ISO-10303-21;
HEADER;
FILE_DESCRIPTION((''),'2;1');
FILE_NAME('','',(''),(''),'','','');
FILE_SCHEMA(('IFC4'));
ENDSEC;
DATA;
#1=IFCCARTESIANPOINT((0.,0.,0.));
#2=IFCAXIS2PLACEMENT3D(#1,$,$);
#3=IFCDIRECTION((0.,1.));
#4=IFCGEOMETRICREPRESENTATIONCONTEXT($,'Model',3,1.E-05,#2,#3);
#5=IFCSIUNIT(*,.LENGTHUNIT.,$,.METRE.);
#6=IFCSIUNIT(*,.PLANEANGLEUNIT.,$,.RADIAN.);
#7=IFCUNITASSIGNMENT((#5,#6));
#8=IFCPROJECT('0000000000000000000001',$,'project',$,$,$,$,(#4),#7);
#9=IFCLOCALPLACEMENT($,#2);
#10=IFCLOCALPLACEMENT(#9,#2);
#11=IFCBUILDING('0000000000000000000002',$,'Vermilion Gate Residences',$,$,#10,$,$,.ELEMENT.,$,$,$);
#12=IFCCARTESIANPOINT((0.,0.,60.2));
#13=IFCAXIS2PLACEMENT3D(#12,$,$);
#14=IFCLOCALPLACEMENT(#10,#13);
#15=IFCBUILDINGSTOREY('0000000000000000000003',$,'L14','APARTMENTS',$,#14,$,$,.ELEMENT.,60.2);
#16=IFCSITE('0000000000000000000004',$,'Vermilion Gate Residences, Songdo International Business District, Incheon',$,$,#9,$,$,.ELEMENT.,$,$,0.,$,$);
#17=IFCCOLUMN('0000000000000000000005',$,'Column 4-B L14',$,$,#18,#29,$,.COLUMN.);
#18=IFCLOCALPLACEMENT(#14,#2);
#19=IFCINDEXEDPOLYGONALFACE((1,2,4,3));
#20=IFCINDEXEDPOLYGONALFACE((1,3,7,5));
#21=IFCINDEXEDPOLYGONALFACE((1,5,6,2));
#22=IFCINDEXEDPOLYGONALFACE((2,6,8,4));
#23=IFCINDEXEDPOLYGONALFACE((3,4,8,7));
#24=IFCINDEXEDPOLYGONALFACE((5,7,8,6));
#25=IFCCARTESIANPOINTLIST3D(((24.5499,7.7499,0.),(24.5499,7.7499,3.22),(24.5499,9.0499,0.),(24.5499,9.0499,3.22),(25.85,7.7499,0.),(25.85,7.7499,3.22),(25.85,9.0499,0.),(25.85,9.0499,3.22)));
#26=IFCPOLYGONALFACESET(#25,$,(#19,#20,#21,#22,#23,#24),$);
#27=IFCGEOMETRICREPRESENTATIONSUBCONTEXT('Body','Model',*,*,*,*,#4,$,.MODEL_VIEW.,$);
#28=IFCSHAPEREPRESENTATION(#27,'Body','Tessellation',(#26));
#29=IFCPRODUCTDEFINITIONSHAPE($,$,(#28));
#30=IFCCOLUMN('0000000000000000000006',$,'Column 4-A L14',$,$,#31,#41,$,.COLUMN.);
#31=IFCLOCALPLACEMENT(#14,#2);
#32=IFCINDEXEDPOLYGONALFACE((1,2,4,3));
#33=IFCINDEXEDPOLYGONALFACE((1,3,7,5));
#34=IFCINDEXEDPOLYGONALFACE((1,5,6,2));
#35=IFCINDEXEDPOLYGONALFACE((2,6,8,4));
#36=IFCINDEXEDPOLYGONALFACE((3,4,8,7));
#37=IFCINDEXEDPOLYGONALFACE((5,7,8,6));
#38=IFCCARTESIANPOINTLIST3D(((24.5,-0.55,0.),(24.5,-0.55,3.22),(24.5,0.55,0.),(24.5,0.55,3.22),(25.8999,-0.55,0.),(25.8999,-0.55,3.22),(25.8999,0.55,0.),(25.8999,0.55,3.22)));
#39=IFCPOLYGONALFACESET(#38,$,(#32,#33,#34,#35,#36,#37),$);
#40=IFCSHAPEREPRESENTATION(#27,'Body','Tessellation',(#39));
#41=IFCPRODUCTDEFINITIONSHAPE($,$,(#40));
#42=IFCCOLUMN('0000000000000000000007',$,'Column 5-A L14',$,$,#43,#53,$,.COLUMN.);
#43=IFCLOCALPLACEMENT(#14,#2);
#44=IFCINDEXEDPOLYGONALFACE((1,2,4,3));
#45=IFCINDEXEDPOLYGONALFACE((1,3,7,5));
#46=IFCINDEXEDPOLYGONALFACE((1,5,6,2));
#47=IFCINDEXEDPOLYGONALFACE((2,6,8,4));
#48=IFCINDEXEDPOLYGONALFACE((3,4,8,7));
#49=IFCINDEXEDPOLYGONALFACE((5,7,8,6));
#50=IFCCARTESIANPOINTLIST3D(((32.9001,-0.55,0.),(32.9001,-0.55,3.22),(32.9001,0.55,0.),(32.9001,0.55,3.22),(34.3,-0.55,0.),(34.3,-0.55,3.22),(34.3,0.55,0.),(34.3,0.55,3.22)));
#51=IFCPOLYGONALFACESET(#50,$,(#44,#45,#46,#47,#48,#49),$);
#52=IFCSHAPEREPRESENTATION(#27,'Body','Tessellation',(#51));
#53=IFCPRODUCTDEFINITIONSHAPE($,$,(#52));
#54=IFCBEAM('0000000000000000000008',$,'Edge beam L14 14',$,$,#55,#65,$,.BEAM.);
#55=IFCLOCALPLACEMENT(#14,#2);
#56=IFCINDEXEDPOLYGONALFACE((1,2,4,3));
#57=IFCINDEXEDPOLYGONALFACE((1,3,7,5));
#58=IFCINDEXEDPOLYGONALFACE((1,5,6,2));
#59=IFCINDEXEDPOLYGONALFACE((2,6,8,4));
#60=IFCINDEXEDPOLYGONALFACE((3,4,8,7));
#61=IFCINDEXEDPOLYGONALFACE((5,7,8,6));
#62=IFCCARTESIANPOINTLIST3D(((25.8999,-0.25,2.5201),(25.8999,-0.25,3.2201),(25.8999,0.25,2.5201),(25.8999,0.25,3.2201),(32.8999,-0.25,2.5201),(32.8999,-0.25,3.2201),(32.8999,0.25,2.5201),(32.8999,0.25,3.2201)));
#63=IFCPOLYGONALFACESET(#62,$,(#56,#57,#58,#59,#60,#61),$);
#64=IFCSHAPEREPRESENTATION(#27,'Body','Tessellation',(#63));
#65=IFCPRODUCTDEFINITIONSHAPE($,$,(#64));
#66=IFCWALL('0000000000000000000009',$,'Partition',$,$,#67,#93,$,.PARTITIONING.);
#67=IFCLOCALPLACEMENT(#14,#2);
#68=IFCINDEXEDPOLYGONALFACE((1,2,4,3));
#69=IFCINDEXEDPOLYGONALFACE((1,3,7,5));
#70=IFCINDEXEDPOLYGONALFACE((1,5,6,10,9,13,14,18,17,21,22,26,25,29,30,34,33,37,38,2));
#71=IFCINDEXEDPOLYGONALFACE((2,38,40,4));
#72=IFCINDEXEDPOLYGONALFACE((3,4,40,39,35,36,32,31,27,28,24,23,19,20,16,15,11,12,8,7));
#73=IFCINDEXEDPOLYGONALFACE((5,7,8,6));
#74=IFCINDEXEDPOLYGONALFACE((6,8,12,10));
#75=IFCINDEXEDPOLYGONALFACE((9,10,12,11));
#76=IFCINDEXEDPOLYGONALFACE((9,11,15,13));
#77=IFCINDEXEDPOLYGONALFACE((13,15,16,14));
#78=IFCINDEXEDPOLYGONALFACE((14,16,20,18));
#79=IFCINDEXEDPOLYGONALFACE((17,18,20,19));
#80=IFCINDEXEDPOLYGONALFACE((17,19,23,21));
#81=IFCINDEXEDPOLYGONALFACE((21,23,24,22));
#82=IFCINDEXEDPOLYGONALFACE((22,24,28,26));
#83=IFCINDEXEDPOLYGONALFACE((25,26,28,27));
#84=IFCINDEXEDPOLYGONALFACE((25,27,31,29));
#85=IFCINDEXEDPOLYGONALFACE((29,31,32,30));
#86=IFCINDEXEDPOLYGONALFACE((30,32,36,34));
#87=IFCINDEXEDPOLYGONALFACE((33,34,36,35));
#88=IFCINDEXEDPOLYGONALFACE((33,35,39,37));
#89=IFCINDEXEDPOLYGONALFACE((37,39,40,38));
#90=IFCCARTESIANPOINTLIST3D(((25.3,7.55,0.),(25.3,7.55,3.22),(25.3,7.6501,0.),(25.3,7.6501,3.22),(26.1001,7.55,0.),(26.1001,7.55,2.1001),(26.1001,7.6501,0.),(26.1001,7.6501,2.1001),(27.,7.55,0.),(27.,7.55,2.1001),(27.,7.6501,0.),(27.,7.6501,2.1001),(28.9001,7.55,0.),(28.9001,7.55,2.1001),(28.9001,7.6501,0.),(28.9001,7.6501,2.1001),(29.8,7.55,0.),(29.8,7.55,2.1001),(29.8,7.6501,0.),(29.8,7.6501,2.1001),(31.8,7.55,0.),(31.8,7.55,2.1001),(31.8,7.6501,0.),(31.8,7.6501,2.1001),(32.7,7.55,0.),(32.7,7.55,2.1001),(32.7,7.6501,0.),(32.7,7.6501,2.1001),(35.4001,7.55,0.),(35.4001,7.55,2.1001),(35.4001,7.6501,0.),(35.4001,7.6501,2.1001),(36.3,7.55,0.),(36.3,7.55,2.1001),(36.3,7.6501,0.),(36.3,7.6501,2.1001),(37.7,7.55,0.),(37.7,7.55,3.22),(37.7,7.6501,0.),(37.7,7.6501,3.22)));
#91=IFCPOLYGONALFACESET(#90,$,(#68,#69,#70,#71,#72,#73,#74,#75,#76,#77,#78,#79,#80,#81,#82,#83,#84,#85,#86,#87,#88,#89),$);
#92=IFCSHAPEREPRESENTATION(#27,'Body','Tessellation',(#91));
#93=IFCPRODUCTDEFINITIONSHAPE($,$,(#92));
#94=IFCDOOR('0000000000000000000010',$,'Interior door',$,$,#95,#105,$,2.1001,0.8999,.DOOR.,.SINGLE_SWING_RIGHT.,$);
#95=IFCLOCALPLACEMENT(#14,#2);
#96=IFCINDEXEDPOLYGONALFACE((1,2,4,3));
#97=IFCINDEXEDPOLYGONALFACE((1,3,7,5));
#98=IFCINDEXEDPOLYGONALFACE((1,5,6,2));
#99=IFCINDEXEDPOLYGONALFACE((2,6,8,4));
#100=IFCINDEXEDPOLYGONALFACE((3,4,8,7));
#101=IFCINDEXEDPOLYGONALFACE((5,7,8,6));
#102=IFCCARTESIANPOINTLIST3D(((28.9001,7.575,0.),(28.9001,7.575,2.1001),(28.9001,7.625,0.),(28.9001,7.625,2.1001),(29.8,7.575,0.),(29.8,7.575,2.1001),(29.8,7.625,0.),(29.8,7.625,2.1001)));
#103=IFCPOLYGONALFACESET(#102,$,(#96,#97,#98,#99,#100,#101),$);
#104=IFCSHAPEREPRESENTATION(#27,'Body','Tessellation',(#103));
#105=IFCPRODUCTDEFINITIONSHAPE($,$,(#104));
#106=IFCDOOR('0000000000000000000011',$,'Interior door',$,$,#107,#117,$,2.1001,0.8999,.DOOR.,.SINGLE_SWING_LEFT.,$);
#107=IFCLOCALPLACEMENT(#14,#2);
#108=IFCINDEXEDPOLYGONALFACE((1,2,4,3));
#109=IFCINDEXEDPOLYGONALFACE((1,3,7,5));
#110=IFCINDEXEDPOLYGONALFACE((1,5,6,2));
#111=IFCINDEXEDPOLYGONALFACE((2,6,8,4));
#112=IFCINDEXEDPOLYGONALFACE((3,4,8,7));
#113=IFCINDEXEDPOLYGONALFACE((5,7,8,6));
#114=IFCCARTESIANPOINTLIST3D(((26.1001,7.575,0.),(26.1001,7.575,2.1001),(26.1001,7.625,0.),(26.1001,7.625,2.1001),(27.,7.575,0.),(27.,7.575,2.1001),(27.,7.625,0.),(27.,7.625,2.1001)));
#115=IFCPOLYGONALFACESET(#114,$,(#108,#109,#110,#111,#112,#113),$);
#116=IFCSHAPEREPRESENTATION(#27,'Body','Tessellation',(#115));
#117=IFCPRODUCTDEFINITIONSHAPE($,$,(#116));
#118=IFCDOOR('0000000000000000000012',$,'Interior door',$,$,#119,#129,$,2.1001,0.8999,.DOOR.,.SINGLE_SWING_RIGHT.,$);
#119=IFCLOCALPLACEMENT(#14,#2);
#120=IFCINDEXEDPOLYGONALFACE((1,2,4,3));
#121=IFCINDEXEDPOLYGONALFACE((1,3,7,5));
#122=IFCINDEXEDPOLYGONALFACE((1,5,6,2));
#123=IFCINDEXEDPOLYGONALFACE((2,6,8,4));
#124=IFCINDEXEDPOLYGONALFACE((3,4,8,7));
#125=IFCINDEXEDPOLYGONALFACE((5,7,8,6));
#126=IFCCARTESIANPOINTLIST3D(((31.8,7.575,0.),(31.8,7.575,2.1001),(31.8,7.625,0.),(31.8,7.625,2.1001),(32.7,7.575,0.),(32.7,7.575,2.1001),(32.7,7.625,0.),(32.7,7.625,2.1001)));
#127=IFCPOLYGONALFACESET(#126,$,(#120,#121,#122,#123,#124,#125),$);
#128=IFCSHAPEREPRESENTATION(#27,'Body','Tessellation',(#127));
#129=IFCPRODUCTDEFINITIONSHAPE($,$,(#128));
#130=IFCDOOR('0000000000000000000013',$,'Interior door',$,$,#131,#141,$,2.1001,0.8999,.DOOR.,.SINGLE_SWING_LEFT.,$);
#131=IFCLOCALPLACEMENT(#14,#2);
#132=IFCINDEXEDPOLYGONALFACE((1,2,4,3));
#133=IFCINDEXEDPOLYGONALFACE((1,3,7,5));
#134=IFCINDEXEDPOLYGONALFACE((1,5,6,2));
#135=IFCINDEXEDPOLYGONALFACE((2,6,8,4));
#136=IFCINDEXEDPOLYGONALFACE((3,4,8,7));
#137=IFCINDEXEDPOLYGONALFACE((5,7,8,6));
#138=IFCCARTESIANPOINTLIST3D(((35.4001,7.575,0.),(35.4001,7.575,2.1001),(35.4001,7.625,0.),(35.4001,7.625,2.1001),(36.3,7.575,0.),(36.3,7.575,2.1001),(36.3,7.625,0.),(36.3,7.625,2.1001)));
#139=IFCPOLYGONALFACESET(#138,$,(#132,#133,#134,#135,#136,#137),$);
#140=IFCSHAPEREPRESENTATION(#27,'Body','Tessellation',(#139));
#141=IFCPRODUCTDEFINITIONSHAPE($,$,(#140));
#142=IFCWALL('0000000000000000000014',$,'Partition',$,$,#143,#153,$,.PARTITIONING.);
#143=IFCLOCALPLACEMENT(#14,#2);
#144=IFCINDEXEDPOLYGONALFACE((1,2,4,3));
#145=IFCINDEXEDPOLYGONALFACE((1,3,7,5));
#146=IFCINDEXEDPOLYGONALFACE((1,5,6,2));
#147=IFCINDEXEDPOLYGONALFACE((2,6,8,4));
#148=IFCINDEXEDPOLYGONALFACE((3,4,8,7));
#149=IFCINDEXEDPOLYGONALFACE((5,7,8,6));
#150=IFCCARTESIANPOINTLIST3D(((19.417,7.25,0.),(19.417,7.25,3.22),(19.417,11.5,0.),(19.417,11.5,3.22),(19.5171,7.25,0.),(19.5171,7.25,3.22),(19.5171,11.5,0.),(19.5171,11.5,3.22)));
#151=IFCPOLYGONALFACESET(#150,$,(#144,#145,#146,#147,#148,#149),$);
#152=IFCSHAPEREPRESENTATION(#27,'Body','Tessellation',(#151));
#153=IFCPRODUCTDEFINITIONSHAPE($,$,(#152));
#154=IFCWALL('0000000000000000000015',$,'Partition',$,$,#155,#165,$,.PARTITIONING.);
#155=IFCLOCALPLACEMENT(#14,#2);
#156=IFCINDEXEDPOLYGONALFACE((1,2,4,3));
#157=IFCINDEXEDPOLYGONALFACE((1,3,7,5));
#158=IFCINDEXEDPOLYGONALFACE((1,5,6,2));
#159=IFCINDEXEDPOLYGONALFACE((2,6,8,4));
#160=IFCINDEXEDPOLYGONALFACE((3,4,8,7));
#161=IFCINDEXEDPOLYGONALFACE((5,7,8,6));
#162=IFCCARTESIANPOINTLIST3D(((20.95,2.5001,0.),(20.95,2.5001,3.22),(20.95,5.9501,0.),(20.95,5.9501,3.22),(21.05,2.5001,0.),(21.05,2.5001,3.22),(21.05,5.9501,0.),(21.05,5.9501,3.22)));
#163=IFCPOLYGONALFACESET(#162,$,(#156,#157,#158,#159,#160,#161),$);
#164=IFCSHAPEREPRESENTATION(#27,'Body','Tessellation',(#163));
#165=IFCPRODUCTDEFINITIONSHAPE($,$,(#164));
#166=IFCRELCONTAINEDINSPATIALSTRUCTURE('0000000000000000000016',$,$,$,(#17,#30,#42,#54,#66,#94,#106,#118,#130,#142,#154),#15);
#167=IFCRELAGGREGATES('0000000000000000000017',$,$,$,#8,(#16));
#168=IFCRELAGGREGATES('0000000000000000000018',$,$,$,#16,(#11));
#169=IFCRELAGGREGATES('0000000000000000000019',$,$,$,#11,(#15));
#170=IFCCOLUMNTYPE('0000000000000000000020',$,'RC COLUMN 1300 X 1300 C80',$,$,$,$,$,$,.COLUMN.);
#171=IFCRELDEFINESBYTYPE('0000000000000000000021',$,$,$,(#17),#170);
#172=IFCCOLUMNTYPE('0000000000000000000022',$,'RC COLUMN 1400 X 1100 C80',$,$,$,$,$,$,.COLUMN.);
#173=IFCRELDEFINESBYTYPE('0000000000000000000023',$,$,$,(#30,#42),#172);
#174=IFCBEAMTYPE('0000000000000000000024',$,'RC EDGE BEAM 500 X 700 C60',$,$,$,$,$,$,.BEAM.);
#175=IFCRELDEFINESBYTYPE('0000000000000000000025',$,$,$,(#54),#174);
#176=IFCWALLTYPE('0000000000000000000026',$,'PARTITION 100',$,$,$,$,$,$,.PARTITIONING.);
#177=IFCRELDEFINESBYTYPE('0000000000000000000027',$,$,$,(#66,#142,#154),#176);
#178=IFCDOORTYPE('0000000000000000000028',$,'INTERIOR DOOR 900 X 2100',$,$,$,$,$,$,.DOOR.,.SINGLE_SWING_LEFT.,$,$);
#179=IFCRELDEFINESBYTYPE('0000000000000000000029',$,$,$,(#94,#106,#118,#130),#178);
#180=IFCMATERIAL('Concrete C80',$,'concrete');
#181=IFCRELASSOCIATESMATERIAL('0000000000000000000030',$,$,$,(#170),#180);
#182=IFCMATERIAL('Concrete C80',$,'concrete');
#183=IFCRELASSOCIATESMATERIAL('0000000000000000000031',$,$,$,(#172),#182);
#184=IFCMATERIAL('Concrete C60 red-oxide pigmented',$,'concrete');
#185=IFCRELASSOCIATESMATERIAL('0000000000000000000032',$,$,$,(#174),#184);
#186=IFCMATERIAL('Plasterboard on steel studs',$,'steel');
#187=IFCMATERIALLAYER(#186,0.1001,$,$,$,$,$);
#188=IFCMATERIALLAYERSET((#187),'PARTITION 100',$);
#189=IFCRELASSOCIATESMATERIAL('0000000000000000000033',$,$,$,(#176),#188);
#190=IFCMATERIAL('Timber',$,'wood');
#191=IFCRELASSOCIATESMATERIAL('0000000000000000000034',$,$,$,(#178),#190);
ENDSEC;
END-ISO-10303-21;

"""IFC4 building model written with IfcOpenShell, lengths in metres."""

from ifc_helpers import new_model, si_unit, direction, frame, frame_2d, origin, origin_2d, place, context, subcontext, project, spatial, rectangle, extrude, material, layer, layer_set, material_profile, profile_set, type_object, element, fill, save


model = new_model("IFC4")

# Units and contexts
model_context = context("Model", 3, precision=1e-05, world=origin(), true_north=direction((0.0, 1.0)))
body_context = subcontext(model_context, "Body", "Model", "MODEL_VIEW")
ifc_project = project(units=[si_unit("LENGTHUNIT", "METRE"), si_unit("PLANEANGLEUNIT", "RADIAN")], contexts=[model_context])

# Site, building, storey
site_placement = place(None, origin())
site = spatial("IfcSite", under=ifc_project, at=site_placement, Name="Vermilion Gate Residences, Songdo International Business District, Incheon", CompositionType="ELEMENT", RefElevation=0.0)
building_placement = place(site_placement, origin())
building = spatial("IfcBuilding", under=site, at=building_placement, Name="Vermilion Gate Residences", CompositionType="ELEMENT")
storey_placement = place(building_placement, frame((0.0, 0.0, 60.2)))
storey = spatial("IfcBuildingStorey", under=building, at=storey_placement, Name="L14", Description="APARTMENTS", CompositionType="ELEMENT", Elevation=60.2)

# Columns
ifc_material_1 = material(Name="Concrete C80", Category="concrete")
ifc_material_profile_1 = material_profile(ifc_material_1, rectangle(XDim=1.3, YDim=1.3, at=origin_2d()), Name="RC-1300x1300")
ifc_profile_set_1 = profile_set([ifc_material_profile_1], Name="Concrete C80")
column_type_1 = type_object("IfcColumnType", Name="RC COLUMN 1300 X 1300 C80", PredefinedType="COLUMN", material=ifc_profile_set_1)
column_placement = place(storey_placement, frame((25.2, 8.3999, 0.0), z_axis=(0.0, 0.0, 1.0), x_axis=(1.0, 0.0, 0.0)))
element("IfcColumn", 1, at=column_placement, inside=storey, type_object=column_type_1, Name="Column 4-B L14", PredefinedType="COLUMN", context=body_context, shape_type="SweptSolid", body=[
    extrude(rectangle(XDim=1.3, YDim=1.3, at=origin_2d()), origin(), (0.0, 0.0, 1.0), 3.22),
])
ifc_material_2 = material(Name="Concrete C80", Category="concrete")
ifc_material_profile_2 = material_profile(ifc_material_2, rectangle(XDim=1.3999, YDim=1.1001, at=origin_2d()), Name="RC-1400x1100")
ifc_profile_set_2 = profile_set([ifc_material_profile_2], Name="Concrete C80")
column_type_2 = type_object("IfcColumnType", Name="RC COLUMN 1400 X 1100 C80", PredefinedType="COLUMN", material=ifc_profile_set_2)
for number, where, z_axis, x_axis, name in (
    (2, (25.2, 0.0, 0.0), (0.0, 0.0, 1.0), (1.0, 0.0, 0.0), "Column 4-A L14"),
    (3, (33.6001, 0.0, 0.0), (0.0, 0.0, 1.0), (1.0, 0.0, 0.0), "Column 5-A L14"),
):
    element("IfcColumn", number, at=place(storey_placement, frame(where, z_axis=z_axis, x_axis=x_axis)), inside=storey, type_object=column_type_2, Name=name, PredefinedType="COLUMN", context=body_context, shape_type="SweptSolid", body=[
        extrude(rectangle(XDim=1.3999, YDim=1.1001, at=origin_2d()), origin(), (0.0, 0.0, 1.0), 3.22),
    ])

# Beam
ifc_material_3 = material(Name="Concrete C60 red-oxide pigmented", Category="concrete")
ifc_material_profile_3 = material_profile(ifc_material_3, rectangle(XDim=0.5, YDim=0.7, at=origin_2d()), Name="RC-500x700")
ifc_profile_set_3 = profile_set([ifc_material_profile_3], Name="Concrete C60 red-oxide pigmented")
beam_type = type_object("IfcBeamType", Name="RC EDGE BEAM 500 X 700 C60", PredefinedType="BEAM", material=ifc_profile_set_3)
beam_placement = place(storey_placement, frame((25.8999, 0.0, 2.8701), z_axis=(1.0, 0.0, 0.0), x_axis=(0.0, 1.0, 0.0)))
element("IfcBeam", 4, at=beam_placement, inside=storey, type_object=beam_type, Name="Edge beam L14 14", PredefinedType="BEAM", context=body_context, shape_type="SweptSolid", body=[
    extrude(rectangle(XDim=0.5, YDim=0.7, at=origin_2d()), origin(), (0.0, 0.0, 1.0), 7.0),
])

# Wall, openings, doors
ifc_material_4 = material(Name="Plasterboard on steel studs", Category="steel")
ifc_layer_1 = layer(ifc_material_4, 0.1001)
ifc_layer_set_1 = layer_set([ifc_layer_1], Name="PARTITION 100")
wall_type_1 = type_object("IfcWallType", Name="PARTITION 100", PredefinedType="PARTITIONING", material=ifc_layer_set_1)
wall_1_placement = place(storey_placement, frame((25.3, 7.6001, 0.0), z_axis=(0.0, 0.0, 1.0), x_axis=(1.0, 0.0, 0.0)))
wall_1 = element("IfcWall", 5, at=wall_1_placement, inside=storey, type_object=wall_type_1, Name="Partition", PredefinedType="PARTITIONING", context=body_context, shape_type="SweptSolid", body=[
    extrude(rectangle(XDim=12.3999, YDim=0.1001, at=frame_2d((6.2, 0.0))), origin(), (0.0, 0.0, 1.0), 3.22),
])
opening_1_placement = place(wall_1_placement, frame((3.6001, 0.0, 0.0)))
opening_1 = element("IfcOpeningElement", 6, at=opening_1_placement, cuts=wall_1, PredefinedType="OPENING", context=body_context, shape_type="SweptSolid", body=[
    extrude(rectangle(XDim=0.8999, YDim=2.1001, at=frame_2d((0.45, 1.05))), frame((0.0, 0.0601, 0.0), z_axis=(0.0, -1.0, 0.0), x_axis=(1.0, 0.0, 0.0)), (0.0, 0.0, 1.0), 0.1201),
])
opening_2_placement = place(wall_1_placement, frame((0.8, 0.0, 0.0)))
opening_2 = element("IfcOpeningElement", 7, at=opening_2_placement, cuts=wall_1, PredefinedType="OPENING", context=body_context, shape_type="SweptSolid", body=[
    extrude(rectangle(XDim=0.8999, YDim=2.1001, at=frame_2d((0.45, 1.05))), frame((0.0, 0.0601, 0.0), z_axis=(0.0, -1.0, 0.0), x_axis=(1.0, 0.0, 0.0)), (0.0, 0.0, 1.0), 0.1201),
])
opening_3_placement = place(wall_1_placement, frame((6.5, 0.0, 0.0)))
opening_3 = element("IfcOpeningElement", 8, at=opening_3_placement, cuts=wall_1, PredefinedType="OPENING", context=body_context, shape_type="SweptSolid", body=[
    extrude(rectangle(XDim=0.8999, YDim=2.1001, at=frame_2d((0.45, 1.05))), frame((0.0, 0.0601, 0.0), z_axis=(0.0, -1.0, 0.0), x_axis=(1.0, 0.0, 0.0)), (0.0, 0.0, 1.0), 0.1201),
])
opening_4_placement = place(wall_1_placement, frame((10.1001, 0.0, 0.0)))
opening_4 = element("IfcOpeningElement", 9, at=opening_4_placement, cuts=wall_1, PredefinedType="OPENING", context=body_context, shape_type="SweptSolid", body=[
    extrude(rectangle(XDim=0.8999, YDim=2.1001, at=frame_2d((0.45, 1.05))), frame((0.0, 0.0601, 0.0), z_axis=(0.0, -1.0, 0.0), x_axis=(1.0, 0.0, 0.0)), (0.0, 0.0, 1.0), 0.1201),
])
ifc_material_5 = material(Name="Timber", Category="wood")
door_type = type_object("IfcDoorType", Name="INTERIOR DOOR 900 X 2100", OperationType="SINGLE_SWING_LEFT", PredefinedType="DOOR", material=ifc_material_5)
door_1_placement = place(opening_1_placement, origin())
door_1 = element("IfcDoor", 10, at=door_1_placement, inside=storey, type_object=door_type, Name="Interior door", OperationType="SINGLE_SWING_RIGHT", OverallHeight=2.1001, OverallWidth=0.8999, PredefinedType="DOOR", context=body_context, shape_type="SweptSolid", body=[
    extrude(rectangle(XDim=0.8999, YDim=2.1001, at=frame_2d((0.45, 1.05))), frame((0.0, 0.0249, 0.0), z_axis=(0.0, -1.0, 0.0), x_axis=(1.0, 0.0, 0.0)), (0.0, 0.0, 1.0), 0.05),
])
fill(opening_1, door_1)
door_2_placement = place(opening_2_placement, origin())
door_2 = element("IfcDoor", 11, at=door_2_placement, inside=storey, type_object=door_type, Name="Interior door", OperationType="SINGLE_SWING_LEFT", OverallHeight=2.1001, OverallWidth=0.8999, PredefinedType="DOOR", context=body_context, shape_type="SweptSolid", body=[
    extrude(rectangle(XDim=0.8999, YDim=2.1001, at=frame_2d((0.45, 1.05))), frame((0.0, 0.0249, 0.0), z_axis=(0.0, -1.0, 0.0), x_axis=(1.0, 0.0, 0.0)), (0.0, 0.0, 1.0), 0.05),
])
fill(opening_2, door_2)
door_3_placement = place(opening_3_placement, origin())
door_3 = element("IfcDoor", 12, at=door_3_placement, inside=storey, type_object=door_type, Name="Interior door", OperationType="SINGLE_SWING_RIGHT", OverallHeight=2.1001, OverallWidth=0.8999, PredefinedType="DOOR", context=body_context, shape_type="SweptSolid", body=[
    extrude(rectangle(XDim=0.8999, YDim=2.1001, at=frame_2d((0.45, 1.05))), frame((0.0, 0.0249, 0.0), z_axis=(0.0, -1.0, 0.0), x_axis=(1.0, 0.0, 0.0)), (0.0, 0.0, 1.0), 0.05),
])
fill(opening_3, door_3)
door_4_placement = place(opening_4_placement, origin())
door_4 = element("IfcDoor", 13, at=door_4_placement, inside=storey, type_object=door_type, Name="Interior door", OperationType="SINGLE_SWING_LEFT", OverallHeight=2.1001, OverallWidth=0.8999, PredefinedType="DOOR", context=body_context, shape_type="SweptSolid", body=[
    extrude(rectangle(XDim=0.8999, YDim=2.1001, at=frame_2d((0.45, 1.05))), frame((0.0, 0.0249, 0.0), z_axis=(0.0, -1.0, 0.0), x_axis=(1.0, 0.0, 0.0)), (0.0, 0.0, 1.0), 0.05),
])
fill(opening_4, door_4)

# Walls
wall_2_placement = place(storey_placement, frame((19.467, 7.25, 0.0), z_axis=(0.0, 0.0, 1.0), x_axis=(0.0, 1.0, 0.0)))
element("IfcWall", 14, at=wall_2_placement, inside=storey, type_object=wall_type_1, Name="Partition", PredefinedType="PARTITIONING", context=body_context, shape_type="SweptSolid", body=[
    extrude(rectangle(XDim=4.25, YDim=0.1001, at=frame_2d((2.125, 0.0))), origin(), (0.0, 0.0, 1.0), 3.22),
])
wall_3_placement = place(storey_placement, frame((21.0, 2.5, 0.0), z_axis=(0.0, 0.0, 1.0), x_axis=(0.0, 1.0, 0.0)))
element("IfcWall", 15, at=wall_3_placement, inside=storey, type_object=wall_type_1, Name="Partition", PredefinedType="PARTITIONING", context=body_context, shape_type="SweptSolid", body=[
    extrude(rectangle(XDim=3.45, YDim=0.1001, at=frame_2d((1.7251, 0.0))), origin(), (0.0, 0.0, 1.0), 3.22),
])

save(model, "model.ifc")
